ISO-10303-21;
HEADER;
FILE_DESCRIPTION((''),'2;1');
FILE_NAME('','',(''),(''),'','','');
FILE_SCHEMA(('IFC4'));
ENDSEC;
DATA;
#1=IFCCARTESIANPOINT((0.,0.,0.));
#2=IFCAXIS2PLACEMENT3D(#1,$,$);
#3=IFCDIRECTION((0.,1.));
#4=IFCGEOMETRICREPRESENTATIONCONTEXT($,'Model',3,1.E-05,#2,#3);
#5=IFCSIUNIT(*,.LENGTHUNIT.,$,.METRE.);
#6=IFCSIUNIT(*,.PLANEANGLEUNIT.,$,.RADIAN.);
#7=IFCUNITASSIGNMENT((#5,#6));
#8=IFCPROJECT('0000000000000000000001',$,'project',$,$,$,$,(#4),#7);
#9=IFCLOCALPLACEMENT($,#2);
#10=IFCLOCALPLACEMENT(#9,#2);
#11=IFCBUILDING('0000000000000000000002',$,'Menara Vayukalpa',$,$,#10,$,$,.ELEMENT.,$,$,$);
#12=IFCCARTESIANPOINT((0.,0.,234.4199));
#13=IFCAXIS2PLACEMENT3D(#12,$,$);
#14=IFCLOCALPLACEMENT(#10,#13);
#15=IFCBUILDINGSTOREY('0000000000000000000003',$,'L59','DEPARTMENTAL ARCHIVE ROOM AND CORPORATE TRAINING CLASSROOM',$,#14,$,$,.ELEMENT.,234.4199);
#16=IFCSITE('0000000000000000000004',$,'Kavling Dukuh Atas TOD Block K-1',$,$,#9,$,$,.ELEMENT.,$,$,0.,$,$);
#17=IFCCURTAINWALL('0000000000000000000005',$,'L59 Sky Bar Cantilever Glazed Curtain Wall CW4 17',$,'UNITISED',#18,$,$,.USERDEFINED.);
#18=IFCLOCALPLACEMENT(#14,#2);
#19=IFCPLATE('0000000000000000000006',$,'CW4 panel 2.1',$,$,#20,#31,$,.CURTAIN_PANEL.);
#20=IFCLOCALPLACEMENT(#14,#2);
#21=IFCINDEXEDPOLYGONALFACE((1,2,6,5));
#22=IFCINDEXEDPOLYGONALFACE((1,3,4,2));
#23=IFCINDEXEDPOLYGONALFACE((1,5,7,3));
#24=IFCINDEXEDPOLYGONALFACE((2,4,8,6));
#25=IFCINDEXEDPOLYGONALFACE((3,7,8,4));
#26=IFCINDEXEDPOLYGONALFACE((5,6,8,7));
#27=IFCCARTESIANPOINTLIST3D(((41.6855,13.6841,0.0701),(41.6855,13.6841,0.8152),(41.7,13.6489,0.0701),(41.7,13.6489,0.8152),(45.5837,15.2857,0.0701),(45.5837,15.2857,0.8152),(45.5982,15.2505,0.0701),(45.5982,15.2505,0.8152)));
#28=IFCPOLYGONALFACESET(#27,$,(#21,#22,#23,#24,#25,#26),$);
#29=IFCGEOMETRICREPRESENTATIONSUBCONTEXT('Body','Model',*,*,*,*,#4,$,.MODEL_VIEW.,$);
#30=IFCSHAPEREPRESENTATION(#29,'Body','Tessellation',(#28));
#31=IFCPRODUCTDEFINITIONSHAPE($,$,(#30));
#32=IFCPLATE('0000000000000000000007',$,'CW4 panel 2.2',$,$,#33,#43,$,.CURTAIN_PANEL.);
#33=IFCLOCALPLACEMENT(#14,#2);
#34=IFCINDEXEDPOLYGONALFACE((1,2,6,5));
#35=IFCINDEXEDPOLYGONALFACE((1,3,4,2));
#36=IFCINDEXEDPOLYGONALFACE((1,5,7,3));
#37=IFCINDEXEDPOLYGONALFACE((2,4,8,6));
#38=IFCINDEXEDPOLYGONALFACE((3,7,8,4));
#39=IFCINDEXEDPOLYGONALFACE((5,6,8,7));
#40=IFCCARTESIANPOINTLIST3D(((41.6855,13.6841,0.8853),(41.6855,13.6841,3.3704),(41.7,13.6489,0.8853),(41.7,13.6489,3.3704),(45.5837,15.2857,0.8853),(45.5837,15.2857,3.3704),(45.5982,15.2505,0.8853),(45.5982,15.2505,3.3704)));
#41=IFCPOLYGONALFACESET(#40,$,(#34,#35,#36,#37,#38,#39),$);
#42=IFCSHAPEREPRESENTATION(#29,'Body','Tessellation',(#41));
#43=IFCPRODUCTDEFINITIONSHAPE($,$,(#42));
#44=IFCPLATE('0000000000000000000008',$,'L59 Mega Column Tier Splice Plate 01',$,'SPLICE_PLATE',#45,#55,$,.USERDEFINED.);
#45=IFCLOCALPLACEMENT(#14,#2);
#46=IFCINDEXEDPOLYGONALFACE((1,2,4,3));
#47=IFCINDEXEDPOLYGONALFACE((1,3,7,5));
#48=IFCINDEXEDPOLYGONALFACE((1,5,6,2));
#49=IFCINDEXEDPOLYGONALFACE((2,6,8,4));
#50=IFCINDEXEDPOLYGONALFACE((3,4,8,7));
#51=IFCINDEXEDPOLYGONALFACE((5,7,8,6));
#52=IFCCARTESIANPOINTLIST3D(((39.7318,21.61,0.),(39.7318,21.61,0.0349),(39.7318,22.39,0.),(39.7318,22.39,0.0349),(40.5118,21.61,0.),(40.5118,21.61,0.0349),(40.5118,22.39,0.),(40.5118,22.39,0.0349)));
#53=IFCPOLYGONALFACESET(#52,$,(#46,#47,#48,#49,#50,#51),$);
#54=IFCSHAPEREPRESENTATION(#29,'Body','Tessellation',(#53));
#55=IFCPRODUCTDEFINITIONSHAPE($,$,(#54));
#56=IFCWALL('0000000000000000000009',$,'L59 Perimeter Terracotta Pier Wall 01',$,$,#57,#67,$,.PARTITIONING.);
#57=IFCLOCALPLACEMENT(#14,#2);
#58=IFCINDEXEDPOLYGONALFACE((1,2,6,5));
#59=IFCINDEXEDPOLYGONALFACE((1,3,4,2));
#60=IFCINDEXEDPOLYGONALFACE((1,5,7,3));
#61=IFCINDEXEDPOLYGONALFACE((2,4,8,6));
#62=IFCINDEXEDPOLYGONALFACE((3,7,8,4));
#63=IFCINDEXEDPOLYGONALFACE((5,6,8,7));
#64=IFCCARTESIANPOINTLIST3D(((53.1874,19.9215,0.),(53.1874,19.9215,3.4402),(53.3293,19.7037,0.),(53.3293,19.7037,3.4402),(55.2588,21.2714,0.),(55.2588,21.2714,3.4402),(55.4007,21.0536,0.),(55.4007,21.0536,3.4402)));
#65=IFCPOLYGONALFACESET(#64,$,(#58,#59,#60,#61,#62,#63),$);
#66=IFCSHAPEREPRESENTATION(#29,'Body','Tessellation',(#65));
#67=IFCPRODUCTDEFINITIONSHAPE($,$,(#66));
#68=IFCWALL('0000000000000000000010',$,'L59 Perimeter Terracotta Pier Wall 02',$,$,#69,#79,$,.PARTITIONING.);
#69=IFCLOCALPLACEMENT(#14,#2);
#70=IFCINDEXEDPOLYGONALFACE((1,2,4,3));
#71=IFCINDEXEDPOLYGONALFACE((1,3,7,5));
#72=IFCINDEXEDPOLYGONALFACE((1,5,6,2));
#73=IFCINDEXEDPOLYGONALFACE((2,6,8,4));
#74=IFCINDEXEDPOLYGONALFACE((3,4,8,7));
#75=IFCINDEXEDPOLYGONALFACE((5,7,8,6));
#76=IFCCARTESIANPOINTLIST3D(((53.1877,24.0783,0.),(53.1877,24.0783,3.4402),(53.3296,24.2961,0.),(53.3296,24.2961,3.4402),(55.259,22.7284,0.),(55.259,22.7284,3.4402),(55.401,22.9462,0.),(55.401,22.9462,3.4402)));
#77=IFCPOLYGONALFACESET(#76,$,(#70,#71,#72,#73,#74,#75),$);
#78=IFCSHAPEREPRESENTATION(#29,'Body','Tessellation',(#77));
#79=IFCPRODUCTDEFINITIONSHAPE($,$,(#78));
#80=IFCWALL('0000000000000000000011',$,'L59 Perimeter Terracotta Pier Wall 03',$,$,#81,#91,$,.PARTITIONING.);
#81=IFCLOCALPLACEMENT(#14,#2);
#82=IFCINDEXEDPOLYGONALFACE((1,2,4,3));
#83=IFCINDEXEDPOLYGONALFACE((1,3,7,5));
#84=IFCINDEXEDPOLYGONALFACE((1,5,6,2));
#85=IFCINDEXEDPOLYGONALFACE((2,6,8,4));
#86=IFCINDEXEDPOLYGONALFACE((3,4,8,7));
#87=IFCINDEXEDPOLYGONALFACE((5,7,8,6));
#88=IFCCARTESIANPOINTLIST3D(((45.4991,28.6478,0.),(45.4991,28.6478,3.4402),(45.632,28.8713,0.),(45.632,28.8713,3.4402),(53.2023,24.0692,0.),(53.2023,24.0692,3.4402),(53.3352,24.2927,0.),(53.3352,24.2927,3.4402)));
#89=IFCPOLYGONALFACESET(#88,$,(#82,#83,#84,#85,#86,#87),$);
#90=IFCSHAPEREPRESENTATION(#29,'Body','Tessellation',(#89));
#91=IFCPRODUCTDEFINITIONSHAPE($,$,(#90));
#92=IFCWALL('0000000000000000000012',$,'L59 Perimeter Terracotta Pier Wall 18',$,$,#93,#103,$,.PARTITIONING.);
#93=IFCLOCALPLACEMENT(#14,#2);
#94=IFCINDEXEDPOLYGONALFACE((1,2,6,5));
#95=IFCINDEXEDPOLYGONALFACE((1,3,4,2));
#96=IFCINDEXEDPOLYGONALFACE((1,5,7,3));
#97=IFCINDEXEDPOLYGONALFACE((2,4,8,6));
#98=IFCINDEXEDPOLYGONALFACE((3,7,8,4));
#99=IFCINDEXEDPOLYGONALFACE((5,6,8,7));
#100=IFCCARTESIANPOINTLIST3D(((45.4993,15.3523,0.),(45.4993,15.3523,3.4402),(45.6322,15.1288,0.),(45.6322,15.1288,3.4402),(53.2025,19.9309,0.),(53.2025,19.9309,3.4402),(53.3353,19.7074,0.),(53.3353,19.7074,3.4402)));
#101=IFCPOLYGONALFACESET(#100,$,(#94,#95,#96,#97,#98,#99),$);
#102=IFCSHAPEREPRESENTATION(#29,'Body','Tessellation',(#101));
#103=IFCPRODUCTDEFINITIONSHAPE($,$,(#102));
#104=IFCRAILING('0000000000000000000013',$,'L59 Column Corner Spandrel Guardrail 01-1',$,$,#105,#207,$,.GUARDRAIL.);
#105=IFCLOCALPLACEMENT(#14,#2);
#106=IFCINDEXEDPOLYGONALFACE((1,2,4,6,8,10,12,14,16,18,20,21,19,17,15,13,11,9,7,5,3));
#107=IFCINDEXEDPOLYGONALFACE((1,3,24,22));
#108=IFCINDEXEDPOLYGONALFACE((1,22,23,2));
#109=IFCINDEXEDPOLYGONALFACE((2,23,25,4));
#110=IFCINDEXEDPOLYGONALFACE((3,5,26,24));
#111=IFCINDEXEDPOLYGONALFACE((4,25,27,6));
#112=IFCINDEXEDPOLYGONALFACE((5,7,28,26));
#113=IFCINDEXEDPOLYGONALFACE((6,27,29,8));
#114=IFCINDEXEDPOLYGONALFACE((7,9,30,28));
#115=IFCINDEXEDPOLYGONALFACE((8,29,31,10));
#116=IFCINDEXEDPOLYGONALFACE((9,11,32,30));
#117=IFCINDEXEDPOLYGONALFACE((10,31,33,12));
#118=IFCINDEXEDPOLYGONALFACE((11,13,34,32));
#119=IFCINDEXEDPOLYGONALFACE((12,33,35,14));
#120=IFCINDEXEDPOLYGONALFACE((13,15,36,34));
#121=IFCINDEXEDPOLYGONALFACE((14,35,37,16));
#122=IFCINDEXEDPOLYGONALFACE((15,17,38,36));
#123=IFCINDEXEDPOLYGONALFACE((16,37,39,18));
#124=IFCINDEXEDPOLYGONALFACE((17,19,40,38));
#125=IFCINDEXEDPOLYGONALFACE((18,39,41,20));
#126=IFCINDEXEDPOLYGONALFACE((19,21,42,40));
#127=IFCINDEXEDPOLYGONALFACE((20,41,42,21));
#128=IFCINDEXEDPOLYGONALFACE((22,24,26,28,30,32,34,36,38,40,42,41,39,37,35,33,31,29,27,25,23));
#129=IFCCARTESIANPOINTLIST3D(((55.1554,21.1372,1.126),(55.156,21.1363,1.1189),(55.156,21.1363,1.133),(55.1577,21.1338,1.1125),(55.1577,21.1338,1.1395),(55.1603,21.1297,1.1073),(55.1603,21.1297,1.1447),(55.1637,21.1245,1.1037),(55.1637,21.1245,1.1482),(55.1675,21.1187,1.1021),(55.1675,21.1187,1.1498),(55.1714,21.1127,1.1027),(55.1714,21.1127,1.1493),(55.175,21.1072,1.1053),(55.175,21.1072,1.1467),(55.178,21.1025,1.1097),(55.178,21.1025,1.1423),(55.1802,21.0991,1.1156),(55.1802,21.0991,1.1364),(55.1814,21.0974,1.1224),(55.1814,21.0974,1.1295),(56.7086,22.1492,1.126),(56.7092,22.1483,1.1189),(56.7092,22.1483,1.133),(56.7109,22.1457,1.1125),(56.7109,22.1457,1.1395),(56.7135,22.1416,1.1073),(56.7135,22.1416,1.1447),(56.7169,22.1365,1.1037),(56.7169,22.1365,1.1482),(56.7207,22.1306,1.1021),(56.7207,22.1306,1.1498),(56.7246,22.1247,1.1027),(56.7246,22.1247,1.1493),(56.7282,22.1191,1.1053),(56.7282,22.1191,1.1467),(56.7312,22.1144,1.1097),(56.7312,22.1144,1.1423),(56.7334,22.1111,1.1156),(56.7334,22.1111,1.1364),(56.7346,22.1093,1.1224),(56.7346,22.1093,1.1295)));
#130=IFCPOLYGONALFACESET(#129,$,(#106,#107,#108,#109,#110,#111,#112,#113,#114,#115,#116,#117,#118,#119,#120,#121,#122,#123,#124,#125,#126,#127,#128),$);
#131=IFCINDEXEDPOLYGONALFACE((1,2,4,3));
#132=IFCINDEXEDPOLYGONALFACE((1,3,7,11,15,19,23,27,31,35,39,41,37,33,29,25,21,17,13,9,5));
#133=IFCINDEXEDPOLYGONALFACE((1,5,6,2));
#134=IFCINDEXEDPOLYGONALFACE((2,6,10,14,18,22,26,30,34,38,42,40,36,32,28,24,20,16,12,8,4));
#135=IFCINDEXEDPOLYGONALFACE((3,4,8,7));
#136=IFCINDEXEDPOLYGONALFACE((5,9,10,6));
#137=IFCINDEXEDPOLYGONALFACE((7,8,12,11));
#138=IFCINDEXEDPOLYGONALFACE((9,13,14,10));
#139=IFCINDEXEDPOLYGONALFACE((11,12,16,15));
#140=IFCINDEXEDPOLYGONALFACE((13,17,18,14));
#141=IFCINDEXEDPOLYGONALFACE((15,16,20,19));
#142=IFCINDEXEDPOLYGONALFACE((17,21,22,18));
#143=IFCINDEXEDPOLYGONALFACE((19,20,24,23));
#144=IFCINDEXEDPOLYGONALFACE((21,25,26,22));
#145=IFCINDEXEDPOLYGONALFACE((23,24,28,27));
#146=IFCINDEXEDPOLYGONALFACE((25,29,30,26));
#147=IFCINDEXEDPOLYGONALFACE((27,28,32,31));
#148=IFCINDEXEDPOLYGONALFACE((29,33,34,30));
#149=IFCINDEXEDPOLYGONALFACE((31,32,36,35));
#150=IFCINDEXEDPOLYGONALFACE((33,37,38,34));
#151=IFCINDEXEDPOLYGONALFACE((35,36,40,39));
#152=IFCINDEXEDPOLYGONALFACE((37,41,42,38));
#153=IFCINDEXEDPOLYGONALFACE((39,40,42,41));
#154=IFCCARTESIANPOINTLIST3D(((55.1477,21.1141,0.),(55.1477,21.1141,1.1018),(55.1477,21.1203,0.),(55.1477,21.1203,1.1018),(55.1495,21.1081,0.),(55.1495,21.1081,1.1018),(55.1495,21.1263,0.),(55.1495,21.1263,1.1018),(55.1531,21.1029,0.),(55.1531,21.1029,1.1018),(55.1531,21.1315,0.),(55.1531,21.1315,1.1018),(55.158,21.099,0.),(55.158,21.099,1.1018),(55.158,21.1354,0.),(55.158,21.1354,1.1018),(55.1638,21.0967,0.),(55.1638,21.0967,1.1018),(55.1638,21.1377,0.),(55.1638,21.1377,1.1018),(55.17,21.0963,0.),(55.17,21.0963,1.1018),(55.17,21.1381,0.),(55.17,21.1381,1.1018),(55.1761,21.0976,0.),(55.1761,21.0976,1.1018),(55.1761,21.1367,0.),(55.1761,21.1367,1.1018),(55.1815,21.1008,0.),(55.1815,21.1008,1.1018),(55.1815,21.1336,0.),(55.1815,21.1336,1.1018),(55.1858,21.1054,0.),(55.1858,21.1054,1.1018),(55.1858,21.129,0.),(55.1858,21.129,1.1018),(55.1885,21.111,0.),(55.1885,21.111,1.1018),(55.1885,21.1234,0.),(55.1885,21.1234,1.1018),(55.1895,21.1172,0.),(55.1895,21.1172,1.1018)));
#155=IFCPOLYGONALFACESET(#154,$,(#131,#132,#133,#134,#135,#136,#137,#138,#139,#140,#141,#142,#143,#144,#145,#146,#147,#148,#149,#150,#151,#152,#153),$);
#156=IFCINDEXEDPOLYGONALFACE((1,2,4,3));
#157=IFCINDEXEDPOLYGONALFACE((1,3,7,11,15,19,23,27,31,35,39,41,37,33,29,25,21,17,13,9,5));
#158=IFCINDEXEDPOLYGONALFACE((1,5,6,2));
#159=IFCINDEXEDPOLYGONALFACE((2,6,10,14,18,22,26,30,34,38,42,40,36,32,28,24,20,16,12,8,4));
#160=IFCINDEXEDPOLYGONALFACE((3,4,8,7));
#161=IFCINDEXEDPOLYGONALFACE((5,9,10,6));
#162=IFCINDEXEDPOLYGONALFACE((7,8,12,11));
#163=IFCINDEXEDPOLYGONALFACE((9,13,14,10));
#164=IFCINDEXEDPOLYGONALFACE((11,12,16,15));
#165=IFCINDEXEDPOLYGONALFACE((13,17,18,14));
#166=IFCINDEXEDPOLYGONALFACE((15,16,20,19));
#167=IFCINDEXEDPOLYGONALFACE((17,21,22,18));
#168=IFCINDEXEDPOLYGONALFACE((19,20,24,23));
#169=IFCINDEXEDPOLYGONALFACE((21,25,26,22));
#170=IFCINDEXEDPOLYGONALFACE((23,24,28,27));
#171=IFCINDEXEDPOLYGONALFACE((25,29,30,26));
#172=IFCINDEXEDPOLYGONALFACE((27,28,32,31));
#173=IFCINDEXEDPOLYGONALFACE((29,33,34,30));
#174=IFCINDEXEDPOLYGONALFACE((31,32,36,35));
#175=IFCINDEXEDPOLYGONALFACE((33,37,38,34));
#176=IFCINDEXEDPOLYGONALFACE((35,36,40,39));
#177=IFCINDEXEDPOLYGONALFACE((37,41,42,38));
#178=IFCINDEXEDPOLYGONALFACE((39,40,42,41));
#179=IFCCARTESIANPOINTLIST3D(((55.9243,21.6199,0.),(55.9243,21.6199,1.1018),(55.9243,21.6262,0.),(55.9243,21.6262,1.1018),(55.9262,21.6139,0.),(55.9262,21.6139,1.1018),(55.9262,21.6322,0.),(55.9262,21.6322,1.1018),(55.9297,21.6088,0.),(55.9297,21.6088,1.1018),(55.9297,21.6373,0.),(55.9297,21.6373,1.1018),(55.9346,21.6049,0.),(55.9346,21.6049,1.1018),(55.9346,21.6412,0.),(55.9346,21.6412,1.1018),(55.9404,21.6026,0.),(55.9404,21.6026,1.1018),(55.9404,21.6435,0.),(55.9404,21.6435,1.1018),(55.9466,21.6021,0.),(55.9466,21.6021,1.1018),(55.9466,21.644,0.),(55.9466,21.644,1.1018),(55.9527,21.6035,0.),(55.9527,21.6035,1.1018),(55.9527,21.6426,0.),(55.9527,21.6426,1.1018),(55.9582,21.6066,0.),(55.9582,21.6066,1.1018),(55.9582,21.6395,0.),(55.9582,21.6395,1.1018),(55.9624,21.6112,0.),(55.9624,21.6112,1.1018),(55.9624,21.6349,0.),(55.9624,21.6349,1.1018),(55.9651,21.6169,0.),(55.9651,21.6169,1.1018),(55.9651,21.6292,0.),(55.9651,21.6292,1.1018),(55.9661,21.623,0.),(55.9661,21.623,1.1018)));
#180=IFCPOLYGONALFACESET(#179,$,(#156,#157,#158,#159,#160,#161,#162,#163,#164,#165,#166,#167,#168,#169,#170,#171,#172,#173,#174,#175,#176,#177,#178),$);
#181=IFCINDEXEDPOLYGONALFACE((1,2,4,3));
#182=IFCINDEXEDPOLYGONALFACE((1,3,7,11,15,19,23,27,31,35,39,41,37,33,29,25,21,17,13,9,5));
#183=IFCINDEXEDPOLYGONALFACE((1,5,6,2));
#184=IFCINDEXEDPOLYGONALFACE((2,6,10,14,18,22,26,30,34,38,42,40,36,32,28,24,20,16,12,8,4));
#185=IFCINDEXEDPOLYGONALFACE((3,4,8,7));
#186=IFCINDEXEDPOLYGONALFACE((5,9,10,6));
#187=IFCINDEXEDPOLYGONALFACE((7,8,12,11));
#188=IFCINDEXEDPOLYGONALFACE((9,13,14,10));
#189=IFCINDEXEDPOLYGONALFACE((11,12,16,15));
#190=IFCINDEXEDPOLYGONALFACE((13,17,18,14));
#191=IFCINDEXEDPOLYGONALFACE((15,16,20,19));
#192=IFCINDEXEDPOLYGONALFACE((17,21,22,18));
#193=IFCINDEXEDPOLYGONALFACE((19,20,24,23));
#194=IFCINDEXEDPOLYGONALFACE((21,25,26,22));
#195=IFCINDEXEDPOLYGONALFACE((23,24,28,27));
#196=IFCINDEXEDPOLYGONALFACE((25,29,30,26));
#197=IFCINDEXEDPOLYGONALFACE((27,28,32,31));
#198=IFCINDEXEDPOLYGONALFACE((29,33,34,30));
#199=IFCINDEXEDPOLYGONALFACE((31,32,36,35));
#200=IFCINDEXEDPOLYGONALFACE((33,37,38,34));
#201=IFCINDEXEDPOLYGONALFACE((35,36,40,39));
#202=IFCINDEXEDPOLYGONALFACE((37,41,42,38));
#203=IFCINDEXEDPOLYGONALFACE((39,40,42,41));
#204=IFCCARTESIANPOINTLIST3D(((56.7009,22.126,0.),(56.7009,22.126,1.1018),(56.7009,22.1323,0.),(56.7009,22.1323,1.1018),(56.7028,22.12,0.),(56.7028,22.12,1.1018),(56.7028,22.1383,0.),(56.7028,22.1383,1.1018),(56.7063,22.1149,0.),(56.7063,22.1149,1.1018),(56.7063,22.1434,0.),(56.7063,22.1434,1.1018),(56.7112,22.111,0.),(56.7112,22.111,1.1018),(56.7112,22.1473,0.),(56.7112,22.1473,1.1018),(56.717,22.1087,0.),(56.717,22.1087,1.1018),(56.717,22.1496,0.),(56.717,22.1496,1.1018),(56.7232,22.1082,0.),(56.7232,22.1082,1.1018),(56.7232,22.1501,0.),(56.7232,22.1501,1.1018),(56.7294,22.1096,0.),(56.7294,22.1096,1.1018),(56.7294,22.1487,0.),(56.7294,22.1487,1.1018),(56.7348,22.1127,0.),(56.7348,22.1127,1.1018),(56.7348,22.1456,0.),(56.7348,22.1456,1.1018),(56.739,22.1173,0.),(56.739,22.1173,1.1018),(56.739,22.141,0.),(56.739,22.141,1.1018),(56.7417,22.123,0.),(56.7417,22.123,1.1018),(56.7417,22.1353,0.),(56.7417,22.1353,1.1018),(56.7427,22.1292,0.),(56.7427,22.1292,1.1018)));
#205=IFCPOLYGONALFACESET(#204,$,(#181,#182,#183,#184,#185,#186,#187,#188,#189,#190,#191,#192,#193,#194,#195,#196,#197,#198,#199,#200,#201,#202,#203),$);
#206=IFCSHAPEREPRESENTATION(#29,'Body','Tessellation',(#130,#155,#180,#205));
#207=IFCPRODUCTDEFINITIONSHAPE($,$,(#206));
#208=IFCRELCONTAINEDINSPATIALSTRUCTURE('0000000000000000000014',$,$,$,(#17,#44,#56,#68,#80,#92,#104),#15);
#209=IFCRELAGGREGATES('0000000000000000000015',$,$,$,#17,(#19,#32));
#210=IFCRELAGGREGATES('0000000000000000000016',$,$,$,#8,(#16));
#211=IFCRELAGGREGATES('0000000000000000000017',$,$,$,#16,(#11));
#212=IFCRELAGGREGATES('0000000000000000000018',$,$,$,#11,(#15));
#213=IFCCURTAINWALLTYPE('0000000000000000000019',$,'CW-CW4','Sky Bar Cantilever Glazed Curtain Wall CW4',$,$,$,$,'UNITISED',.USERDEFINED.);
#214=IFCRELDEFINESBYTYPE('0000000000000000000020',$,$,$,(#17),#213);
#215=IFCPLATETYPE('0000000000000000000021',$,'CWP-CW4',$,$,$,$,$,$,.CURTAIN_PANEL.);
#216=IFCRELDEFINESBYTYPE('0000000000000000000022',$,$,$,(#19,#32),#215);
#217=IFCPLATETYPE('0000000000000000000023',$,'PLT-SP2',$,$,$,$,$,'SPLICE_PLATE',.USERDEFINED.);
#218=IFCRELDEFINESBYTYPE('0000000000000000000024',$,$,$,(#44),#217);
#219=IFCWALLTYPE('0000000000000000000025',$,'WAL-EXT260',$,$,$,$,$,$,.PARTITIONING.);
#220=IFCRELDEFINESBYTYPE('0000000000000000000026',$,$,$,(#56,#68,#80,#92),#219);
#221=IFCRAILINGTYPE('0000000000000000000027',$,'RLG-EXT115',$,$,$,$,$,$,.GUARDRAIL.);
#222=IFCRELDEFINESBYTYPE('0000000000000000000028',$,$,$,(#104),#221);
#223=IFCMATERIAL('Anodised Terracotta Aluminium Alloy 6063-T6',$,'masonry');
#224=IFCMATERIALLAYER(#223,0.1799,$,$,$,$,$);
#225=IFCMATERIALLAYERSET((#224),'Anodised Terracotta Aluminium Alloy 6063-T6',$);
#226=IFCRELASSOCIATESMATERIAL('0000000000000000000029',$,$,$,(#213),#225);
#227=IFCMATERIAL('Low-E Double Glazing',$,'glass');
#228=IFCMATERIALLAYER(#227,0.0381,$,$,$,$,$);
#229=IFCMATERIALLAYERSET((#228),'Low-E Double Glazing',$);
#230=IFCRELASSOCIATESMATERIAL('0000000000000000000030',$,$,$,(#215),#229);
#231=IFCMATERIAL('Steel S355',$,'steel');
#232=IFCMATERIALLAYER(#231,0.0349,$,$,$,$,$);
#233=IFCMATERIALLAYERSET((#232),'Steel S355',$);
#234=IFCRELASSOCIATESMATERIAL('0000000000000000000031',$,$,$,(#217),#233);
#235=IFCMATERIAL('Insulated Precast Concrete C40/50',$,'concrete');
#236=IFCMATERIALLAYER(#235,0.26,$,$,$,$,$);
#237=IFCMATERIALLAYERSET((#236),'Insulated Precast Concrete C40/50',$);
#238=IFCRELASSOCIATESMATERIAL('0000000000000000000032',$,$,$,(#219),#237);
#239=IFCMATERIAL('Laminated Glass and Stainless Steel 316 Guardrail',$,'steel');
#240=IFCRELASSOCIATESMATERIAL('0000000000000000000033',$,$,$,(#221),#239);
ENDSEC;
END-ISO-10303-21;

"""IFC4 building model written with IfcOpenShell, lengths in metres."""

from ifc_helpers import new_model, si_unit, direction, frame, frame_2d, origin, origin_2d, place, context, subcontext, project, spatial, rectangle, circle, extrude, material, layer, layer_set, type_object, element, aggregate, save


model = new_model("IFC4")

# Units and contexts
model_context = context("Model", 3, precision=1e-05, world=origin(), true_north=direction((0.0, 1.0)))
body_context = subcontext(model_context, "Body", "Model", "MODEL_VIEW")
ifc_project = project(units=[si_unit("LENGTHUNIT", "METRE"), si_unit("PLANEANGLEUNIT", "RADIAN")], contexts=[model_context])

# Site, building, storey
site_placement = place(None, origin())
site = spatial("IfcSite", under=ifc_project, at=site_placement, Name="Kavling Dukuh Atas TOD Block K-1", CompositionType="ELEMENT", RefElevation=0.0)
building_placement = place(site_placement, origin())
building = spatial("IfcBuilding", under=site, at=building_placement, Name="Menara Vayukalpa", CompositionType="ELEMENT")
storey_placement = place(building_placement, frame((0.0, 0.0, 234.4199)))
storey = spatial("IfcBuildingStorey", under=building, at=storey_placement, Name="L59", Description="DEPARTMENTAL ARCHIVE ROOM AND CORPORATE TRAINING CLASSROOM", CompositionType="ELEMENT", Elevation=234.4199)

# Curtain wall
ifc_material_1 = material(Name="Anodised Terracotta Aluminium Alloy 6063-T6", Category="masonry")
ifc_layer_1 = layer(ifc_material_1, 0.1799)
ifc_layer_set_1 = layer_set([ifc_layer_1], Name="Anodised Terracotta Aluminium Alloy 6063-T6")
curtain_wall_type = type_object("IfcCurtainWallType", Name="CW-CW4", Description="Sky Bar Cantilever Glazed Curtain Wall CW4", ElementType="UNITISED", PredefinedType="USERDEFINED", material=ifc_layer_set_1)
curtain_wall_1_placement = place(storey_placement, origin())
curtain_wall_1 = element("IfcCurtainWall", 1, at=curtain_wall_1_placement, inside=storey, type_object=curtain_wall_type, Name="L59 Sky Bar Cantilever Glazed Curtain Wall CW4 17", ObjectType="UNITISED", PredefinedType="USERDEFINED")

# Plates
ifc_material_2 = material(Name="Low-E Double Glazing", Category="glass")
ifc_layer_2 = layer(ifc_material_2, 0.0381)
ifc_layer_set_2 = layer_set([ifc_layer_2], Name="Low-E Double Glazing")
plate_type_1 = type_object("IfcPlateType", Name="CWP-CW4", PredefinedType="CURTAIN_PANEL", material=ifc_layer_set_2)
plate_1_placement = place(storey_placement, frame((43.6418, 14.4673, 0.0701), z_axis=(0.0, 0.0, 1.0), x_axis=(0.92497, 0.380039, 0.0)))
plate_1 = element("IfcPlate", 2, at=plate_1_placement, type_object=plate_type_1, Name="CW4 panel 2.1", PredefinedType="CURTAIN_PANEL", context=body_context, shape_type="SweptSolid", body=[
    extrude(rectangle(XDim=4.2144, YDim=0.0381, at=origin_2d()), origin(), (0.0, 0.0, 1.0), 0.7451),
])
plate_2_placement = place(storey_placement, frame((43.6418, 14.4673, 0.8853), z_axis=(0.0, 0.0, 1.0), x_axis=(0.92497, 0.380039, 0.0)))
plate_2 = element("IfcPlate", 3, at=plate_2_placement, type_object=plate_type_1, Name="CW4 panel 2.2", PredefinedType="CURTAIN_PANEL", context=body_context, shape_type="SweptSolid", body=[
    extrude(rectangle(XDim=4.2144, YDim=0.0381, at=origin_2d()), origin(), (0.0, 0.0, 1.0), 2.4851),
])
aggregate(curtain_wall_1, [plate_1, plate_2])
ifc_material_3 = material(Name="Steel S355", Category="steel")
ifc_layer_3 = layer(ifc_material_3, 0.0349)
ifc_layer_set_3 = layer_set([ifc_layer_3], Name="Steel S355")
plate_type_2 = type_object("IfcPlateType", Name="PLT-SP2", ElementType="SPLICE_PLATE", PredefinedType="USERDEFINED", material=ifc_layer_set_3)
plate_3_placement = place(storey_placement, frame((40.1218, 22.0, 0.0), z_axis=(0.0, 0.0, 1.0), x_axis=(1.0, 0.0, 0.0)))
element("IfcPlate", 4, at=plate_3_placement, inside=storey, type_object=plate_type_2, Name="L59 Mega Column Tier Splice Plate 01", ObjectType="SPLICE_PLATE", PredefinedType="USERDEFINED", context=body_context, shape_type="SweptSolid", body=[
    extrude(rectangle(XDim=0.78, YDim=0.78, at=origin_2d()), origin(), (0.0, 0.0, 1.0), 0.0349),
])

# Walls
ifc_material_4 = material(Name="Insulated Precast Concrete C40/50", Category="concrete")
ifc_layer_4 = layer(ifc_material_4, 0.26)
ifc_layer_set_4 = layer_set([ifc_layer_4], Name="Insulated Precast Concrete C40/50")
wall_type = type_object("IfcWallType", Name="WAL-EXT260", PredefinedType="PARTITIONING", material=ifc_layer_set_4)
for number, where, z_axis, x_axis, name in (
    (5, (55.3298, 21.1626, 0.0), (0.0, 0.0, 1.0), (-0.837793, -0.545988, 0.0), "L59 Perimeter Terracotta Pier Wall 01"),
    (6, (53.2585, 24.1873, 0.0), (0.0, 0.0, 1.0), (0.837793, -0.545988, 0.0), "L59 Perimeter Terracotta Pier Wall 02"),
):
    element("IfcWall", number, at=place(storey_placement, frame(where, z_axis=z_axis, x_axis=x_axis)), inside=storey, type_object=wall_type, Name=name, PredefinedType="PARTITIONING", context=body_context, shape_type="SweptSolid", body=[
        extrude(rectangle(XDim=2.4724, YDim=0.26, at=frame_2d((1.2363, 0.0))), origin(), (0.0, 0.0, 1.0), 3.4402),
    ])
for number, where, z_axis, x_axis, name in (
    (7, (45.5657, 28.7595, 0.0), (0.0, 0.0, 1.0), (0.859615, -0.510942, 0.0), "L59 Perimeter Terracotta Pier Wall 03"),
    (8, (53.2688, 19.8191, 0.0), (0.0, 0.0, 1.0), (-0.859615, -0.510942, 0.0), "L59 Perimeter Terracotta Pier Wall 18"),
):
    element("IfcWall", number, at=place(storey_placement, frame(where, z_axis=z_axis, x_axis=x_axis)), inside=storey, type_object=wall_type, Name=name, PredefinedType="PARTITIONING", context=body_context, shape_type="SweptSolid", body=[
        extrude(rectangle(XDim=8.9612, YDim=0.26, at=frame_2d((4.4805, 0.0))), origin(), (0.0, 0.0, 1.0), 3.4402),
    ])

# Railing
ifc_material_5 = material(Name="Laminated Glass and Stainless Steel 316 Guardrail", Category="steel")
railing_type = type_object("IfcRailingType", Name="RLG-EXT115", PredefinedType="GUARDRAIL", material=ifc_material_5)
railing_1_placement = place(storey_placement, frame((55.1685, 21.1172, 0.0)))
element("IfcRailing", 9, at=railing_1_placement, inside=storey, type_object=railing_type, Name="L59 Column Corner Spandrel Guardrail 01-1", PredefinedType="GUARDRAIL", context=body_context, shape_type="SweptSolid", body=[
    extrude(circle(Radius=0.0239, at=origin_2d()), frame((0.0, 0.0, 1.126), z_axis=(0.837859, 0.545886, 0.0), x_axis=(-0.545886, 0.837859, 0.0)), (0.0, 0.0, 1.0), 1.8538),
    extrude(circle(Radius=0.021, at=origin_2d()), origin(), (0.0, 0.0, 1.0), 1.1018),
    extrude(circle(Radius=0.021, at=origin_2d()), frame((0.7766, 0.5059, 0.0)), (0.0, 0.0, 1.0), 1.1018),
    extrude(circle(Radius=0.021, at=origin_2d()), frame((1.5532, 1.012, 0.0)), (0.0, 0.0, 1.0), 1.1018),
])

save(model, "model.ifc")
